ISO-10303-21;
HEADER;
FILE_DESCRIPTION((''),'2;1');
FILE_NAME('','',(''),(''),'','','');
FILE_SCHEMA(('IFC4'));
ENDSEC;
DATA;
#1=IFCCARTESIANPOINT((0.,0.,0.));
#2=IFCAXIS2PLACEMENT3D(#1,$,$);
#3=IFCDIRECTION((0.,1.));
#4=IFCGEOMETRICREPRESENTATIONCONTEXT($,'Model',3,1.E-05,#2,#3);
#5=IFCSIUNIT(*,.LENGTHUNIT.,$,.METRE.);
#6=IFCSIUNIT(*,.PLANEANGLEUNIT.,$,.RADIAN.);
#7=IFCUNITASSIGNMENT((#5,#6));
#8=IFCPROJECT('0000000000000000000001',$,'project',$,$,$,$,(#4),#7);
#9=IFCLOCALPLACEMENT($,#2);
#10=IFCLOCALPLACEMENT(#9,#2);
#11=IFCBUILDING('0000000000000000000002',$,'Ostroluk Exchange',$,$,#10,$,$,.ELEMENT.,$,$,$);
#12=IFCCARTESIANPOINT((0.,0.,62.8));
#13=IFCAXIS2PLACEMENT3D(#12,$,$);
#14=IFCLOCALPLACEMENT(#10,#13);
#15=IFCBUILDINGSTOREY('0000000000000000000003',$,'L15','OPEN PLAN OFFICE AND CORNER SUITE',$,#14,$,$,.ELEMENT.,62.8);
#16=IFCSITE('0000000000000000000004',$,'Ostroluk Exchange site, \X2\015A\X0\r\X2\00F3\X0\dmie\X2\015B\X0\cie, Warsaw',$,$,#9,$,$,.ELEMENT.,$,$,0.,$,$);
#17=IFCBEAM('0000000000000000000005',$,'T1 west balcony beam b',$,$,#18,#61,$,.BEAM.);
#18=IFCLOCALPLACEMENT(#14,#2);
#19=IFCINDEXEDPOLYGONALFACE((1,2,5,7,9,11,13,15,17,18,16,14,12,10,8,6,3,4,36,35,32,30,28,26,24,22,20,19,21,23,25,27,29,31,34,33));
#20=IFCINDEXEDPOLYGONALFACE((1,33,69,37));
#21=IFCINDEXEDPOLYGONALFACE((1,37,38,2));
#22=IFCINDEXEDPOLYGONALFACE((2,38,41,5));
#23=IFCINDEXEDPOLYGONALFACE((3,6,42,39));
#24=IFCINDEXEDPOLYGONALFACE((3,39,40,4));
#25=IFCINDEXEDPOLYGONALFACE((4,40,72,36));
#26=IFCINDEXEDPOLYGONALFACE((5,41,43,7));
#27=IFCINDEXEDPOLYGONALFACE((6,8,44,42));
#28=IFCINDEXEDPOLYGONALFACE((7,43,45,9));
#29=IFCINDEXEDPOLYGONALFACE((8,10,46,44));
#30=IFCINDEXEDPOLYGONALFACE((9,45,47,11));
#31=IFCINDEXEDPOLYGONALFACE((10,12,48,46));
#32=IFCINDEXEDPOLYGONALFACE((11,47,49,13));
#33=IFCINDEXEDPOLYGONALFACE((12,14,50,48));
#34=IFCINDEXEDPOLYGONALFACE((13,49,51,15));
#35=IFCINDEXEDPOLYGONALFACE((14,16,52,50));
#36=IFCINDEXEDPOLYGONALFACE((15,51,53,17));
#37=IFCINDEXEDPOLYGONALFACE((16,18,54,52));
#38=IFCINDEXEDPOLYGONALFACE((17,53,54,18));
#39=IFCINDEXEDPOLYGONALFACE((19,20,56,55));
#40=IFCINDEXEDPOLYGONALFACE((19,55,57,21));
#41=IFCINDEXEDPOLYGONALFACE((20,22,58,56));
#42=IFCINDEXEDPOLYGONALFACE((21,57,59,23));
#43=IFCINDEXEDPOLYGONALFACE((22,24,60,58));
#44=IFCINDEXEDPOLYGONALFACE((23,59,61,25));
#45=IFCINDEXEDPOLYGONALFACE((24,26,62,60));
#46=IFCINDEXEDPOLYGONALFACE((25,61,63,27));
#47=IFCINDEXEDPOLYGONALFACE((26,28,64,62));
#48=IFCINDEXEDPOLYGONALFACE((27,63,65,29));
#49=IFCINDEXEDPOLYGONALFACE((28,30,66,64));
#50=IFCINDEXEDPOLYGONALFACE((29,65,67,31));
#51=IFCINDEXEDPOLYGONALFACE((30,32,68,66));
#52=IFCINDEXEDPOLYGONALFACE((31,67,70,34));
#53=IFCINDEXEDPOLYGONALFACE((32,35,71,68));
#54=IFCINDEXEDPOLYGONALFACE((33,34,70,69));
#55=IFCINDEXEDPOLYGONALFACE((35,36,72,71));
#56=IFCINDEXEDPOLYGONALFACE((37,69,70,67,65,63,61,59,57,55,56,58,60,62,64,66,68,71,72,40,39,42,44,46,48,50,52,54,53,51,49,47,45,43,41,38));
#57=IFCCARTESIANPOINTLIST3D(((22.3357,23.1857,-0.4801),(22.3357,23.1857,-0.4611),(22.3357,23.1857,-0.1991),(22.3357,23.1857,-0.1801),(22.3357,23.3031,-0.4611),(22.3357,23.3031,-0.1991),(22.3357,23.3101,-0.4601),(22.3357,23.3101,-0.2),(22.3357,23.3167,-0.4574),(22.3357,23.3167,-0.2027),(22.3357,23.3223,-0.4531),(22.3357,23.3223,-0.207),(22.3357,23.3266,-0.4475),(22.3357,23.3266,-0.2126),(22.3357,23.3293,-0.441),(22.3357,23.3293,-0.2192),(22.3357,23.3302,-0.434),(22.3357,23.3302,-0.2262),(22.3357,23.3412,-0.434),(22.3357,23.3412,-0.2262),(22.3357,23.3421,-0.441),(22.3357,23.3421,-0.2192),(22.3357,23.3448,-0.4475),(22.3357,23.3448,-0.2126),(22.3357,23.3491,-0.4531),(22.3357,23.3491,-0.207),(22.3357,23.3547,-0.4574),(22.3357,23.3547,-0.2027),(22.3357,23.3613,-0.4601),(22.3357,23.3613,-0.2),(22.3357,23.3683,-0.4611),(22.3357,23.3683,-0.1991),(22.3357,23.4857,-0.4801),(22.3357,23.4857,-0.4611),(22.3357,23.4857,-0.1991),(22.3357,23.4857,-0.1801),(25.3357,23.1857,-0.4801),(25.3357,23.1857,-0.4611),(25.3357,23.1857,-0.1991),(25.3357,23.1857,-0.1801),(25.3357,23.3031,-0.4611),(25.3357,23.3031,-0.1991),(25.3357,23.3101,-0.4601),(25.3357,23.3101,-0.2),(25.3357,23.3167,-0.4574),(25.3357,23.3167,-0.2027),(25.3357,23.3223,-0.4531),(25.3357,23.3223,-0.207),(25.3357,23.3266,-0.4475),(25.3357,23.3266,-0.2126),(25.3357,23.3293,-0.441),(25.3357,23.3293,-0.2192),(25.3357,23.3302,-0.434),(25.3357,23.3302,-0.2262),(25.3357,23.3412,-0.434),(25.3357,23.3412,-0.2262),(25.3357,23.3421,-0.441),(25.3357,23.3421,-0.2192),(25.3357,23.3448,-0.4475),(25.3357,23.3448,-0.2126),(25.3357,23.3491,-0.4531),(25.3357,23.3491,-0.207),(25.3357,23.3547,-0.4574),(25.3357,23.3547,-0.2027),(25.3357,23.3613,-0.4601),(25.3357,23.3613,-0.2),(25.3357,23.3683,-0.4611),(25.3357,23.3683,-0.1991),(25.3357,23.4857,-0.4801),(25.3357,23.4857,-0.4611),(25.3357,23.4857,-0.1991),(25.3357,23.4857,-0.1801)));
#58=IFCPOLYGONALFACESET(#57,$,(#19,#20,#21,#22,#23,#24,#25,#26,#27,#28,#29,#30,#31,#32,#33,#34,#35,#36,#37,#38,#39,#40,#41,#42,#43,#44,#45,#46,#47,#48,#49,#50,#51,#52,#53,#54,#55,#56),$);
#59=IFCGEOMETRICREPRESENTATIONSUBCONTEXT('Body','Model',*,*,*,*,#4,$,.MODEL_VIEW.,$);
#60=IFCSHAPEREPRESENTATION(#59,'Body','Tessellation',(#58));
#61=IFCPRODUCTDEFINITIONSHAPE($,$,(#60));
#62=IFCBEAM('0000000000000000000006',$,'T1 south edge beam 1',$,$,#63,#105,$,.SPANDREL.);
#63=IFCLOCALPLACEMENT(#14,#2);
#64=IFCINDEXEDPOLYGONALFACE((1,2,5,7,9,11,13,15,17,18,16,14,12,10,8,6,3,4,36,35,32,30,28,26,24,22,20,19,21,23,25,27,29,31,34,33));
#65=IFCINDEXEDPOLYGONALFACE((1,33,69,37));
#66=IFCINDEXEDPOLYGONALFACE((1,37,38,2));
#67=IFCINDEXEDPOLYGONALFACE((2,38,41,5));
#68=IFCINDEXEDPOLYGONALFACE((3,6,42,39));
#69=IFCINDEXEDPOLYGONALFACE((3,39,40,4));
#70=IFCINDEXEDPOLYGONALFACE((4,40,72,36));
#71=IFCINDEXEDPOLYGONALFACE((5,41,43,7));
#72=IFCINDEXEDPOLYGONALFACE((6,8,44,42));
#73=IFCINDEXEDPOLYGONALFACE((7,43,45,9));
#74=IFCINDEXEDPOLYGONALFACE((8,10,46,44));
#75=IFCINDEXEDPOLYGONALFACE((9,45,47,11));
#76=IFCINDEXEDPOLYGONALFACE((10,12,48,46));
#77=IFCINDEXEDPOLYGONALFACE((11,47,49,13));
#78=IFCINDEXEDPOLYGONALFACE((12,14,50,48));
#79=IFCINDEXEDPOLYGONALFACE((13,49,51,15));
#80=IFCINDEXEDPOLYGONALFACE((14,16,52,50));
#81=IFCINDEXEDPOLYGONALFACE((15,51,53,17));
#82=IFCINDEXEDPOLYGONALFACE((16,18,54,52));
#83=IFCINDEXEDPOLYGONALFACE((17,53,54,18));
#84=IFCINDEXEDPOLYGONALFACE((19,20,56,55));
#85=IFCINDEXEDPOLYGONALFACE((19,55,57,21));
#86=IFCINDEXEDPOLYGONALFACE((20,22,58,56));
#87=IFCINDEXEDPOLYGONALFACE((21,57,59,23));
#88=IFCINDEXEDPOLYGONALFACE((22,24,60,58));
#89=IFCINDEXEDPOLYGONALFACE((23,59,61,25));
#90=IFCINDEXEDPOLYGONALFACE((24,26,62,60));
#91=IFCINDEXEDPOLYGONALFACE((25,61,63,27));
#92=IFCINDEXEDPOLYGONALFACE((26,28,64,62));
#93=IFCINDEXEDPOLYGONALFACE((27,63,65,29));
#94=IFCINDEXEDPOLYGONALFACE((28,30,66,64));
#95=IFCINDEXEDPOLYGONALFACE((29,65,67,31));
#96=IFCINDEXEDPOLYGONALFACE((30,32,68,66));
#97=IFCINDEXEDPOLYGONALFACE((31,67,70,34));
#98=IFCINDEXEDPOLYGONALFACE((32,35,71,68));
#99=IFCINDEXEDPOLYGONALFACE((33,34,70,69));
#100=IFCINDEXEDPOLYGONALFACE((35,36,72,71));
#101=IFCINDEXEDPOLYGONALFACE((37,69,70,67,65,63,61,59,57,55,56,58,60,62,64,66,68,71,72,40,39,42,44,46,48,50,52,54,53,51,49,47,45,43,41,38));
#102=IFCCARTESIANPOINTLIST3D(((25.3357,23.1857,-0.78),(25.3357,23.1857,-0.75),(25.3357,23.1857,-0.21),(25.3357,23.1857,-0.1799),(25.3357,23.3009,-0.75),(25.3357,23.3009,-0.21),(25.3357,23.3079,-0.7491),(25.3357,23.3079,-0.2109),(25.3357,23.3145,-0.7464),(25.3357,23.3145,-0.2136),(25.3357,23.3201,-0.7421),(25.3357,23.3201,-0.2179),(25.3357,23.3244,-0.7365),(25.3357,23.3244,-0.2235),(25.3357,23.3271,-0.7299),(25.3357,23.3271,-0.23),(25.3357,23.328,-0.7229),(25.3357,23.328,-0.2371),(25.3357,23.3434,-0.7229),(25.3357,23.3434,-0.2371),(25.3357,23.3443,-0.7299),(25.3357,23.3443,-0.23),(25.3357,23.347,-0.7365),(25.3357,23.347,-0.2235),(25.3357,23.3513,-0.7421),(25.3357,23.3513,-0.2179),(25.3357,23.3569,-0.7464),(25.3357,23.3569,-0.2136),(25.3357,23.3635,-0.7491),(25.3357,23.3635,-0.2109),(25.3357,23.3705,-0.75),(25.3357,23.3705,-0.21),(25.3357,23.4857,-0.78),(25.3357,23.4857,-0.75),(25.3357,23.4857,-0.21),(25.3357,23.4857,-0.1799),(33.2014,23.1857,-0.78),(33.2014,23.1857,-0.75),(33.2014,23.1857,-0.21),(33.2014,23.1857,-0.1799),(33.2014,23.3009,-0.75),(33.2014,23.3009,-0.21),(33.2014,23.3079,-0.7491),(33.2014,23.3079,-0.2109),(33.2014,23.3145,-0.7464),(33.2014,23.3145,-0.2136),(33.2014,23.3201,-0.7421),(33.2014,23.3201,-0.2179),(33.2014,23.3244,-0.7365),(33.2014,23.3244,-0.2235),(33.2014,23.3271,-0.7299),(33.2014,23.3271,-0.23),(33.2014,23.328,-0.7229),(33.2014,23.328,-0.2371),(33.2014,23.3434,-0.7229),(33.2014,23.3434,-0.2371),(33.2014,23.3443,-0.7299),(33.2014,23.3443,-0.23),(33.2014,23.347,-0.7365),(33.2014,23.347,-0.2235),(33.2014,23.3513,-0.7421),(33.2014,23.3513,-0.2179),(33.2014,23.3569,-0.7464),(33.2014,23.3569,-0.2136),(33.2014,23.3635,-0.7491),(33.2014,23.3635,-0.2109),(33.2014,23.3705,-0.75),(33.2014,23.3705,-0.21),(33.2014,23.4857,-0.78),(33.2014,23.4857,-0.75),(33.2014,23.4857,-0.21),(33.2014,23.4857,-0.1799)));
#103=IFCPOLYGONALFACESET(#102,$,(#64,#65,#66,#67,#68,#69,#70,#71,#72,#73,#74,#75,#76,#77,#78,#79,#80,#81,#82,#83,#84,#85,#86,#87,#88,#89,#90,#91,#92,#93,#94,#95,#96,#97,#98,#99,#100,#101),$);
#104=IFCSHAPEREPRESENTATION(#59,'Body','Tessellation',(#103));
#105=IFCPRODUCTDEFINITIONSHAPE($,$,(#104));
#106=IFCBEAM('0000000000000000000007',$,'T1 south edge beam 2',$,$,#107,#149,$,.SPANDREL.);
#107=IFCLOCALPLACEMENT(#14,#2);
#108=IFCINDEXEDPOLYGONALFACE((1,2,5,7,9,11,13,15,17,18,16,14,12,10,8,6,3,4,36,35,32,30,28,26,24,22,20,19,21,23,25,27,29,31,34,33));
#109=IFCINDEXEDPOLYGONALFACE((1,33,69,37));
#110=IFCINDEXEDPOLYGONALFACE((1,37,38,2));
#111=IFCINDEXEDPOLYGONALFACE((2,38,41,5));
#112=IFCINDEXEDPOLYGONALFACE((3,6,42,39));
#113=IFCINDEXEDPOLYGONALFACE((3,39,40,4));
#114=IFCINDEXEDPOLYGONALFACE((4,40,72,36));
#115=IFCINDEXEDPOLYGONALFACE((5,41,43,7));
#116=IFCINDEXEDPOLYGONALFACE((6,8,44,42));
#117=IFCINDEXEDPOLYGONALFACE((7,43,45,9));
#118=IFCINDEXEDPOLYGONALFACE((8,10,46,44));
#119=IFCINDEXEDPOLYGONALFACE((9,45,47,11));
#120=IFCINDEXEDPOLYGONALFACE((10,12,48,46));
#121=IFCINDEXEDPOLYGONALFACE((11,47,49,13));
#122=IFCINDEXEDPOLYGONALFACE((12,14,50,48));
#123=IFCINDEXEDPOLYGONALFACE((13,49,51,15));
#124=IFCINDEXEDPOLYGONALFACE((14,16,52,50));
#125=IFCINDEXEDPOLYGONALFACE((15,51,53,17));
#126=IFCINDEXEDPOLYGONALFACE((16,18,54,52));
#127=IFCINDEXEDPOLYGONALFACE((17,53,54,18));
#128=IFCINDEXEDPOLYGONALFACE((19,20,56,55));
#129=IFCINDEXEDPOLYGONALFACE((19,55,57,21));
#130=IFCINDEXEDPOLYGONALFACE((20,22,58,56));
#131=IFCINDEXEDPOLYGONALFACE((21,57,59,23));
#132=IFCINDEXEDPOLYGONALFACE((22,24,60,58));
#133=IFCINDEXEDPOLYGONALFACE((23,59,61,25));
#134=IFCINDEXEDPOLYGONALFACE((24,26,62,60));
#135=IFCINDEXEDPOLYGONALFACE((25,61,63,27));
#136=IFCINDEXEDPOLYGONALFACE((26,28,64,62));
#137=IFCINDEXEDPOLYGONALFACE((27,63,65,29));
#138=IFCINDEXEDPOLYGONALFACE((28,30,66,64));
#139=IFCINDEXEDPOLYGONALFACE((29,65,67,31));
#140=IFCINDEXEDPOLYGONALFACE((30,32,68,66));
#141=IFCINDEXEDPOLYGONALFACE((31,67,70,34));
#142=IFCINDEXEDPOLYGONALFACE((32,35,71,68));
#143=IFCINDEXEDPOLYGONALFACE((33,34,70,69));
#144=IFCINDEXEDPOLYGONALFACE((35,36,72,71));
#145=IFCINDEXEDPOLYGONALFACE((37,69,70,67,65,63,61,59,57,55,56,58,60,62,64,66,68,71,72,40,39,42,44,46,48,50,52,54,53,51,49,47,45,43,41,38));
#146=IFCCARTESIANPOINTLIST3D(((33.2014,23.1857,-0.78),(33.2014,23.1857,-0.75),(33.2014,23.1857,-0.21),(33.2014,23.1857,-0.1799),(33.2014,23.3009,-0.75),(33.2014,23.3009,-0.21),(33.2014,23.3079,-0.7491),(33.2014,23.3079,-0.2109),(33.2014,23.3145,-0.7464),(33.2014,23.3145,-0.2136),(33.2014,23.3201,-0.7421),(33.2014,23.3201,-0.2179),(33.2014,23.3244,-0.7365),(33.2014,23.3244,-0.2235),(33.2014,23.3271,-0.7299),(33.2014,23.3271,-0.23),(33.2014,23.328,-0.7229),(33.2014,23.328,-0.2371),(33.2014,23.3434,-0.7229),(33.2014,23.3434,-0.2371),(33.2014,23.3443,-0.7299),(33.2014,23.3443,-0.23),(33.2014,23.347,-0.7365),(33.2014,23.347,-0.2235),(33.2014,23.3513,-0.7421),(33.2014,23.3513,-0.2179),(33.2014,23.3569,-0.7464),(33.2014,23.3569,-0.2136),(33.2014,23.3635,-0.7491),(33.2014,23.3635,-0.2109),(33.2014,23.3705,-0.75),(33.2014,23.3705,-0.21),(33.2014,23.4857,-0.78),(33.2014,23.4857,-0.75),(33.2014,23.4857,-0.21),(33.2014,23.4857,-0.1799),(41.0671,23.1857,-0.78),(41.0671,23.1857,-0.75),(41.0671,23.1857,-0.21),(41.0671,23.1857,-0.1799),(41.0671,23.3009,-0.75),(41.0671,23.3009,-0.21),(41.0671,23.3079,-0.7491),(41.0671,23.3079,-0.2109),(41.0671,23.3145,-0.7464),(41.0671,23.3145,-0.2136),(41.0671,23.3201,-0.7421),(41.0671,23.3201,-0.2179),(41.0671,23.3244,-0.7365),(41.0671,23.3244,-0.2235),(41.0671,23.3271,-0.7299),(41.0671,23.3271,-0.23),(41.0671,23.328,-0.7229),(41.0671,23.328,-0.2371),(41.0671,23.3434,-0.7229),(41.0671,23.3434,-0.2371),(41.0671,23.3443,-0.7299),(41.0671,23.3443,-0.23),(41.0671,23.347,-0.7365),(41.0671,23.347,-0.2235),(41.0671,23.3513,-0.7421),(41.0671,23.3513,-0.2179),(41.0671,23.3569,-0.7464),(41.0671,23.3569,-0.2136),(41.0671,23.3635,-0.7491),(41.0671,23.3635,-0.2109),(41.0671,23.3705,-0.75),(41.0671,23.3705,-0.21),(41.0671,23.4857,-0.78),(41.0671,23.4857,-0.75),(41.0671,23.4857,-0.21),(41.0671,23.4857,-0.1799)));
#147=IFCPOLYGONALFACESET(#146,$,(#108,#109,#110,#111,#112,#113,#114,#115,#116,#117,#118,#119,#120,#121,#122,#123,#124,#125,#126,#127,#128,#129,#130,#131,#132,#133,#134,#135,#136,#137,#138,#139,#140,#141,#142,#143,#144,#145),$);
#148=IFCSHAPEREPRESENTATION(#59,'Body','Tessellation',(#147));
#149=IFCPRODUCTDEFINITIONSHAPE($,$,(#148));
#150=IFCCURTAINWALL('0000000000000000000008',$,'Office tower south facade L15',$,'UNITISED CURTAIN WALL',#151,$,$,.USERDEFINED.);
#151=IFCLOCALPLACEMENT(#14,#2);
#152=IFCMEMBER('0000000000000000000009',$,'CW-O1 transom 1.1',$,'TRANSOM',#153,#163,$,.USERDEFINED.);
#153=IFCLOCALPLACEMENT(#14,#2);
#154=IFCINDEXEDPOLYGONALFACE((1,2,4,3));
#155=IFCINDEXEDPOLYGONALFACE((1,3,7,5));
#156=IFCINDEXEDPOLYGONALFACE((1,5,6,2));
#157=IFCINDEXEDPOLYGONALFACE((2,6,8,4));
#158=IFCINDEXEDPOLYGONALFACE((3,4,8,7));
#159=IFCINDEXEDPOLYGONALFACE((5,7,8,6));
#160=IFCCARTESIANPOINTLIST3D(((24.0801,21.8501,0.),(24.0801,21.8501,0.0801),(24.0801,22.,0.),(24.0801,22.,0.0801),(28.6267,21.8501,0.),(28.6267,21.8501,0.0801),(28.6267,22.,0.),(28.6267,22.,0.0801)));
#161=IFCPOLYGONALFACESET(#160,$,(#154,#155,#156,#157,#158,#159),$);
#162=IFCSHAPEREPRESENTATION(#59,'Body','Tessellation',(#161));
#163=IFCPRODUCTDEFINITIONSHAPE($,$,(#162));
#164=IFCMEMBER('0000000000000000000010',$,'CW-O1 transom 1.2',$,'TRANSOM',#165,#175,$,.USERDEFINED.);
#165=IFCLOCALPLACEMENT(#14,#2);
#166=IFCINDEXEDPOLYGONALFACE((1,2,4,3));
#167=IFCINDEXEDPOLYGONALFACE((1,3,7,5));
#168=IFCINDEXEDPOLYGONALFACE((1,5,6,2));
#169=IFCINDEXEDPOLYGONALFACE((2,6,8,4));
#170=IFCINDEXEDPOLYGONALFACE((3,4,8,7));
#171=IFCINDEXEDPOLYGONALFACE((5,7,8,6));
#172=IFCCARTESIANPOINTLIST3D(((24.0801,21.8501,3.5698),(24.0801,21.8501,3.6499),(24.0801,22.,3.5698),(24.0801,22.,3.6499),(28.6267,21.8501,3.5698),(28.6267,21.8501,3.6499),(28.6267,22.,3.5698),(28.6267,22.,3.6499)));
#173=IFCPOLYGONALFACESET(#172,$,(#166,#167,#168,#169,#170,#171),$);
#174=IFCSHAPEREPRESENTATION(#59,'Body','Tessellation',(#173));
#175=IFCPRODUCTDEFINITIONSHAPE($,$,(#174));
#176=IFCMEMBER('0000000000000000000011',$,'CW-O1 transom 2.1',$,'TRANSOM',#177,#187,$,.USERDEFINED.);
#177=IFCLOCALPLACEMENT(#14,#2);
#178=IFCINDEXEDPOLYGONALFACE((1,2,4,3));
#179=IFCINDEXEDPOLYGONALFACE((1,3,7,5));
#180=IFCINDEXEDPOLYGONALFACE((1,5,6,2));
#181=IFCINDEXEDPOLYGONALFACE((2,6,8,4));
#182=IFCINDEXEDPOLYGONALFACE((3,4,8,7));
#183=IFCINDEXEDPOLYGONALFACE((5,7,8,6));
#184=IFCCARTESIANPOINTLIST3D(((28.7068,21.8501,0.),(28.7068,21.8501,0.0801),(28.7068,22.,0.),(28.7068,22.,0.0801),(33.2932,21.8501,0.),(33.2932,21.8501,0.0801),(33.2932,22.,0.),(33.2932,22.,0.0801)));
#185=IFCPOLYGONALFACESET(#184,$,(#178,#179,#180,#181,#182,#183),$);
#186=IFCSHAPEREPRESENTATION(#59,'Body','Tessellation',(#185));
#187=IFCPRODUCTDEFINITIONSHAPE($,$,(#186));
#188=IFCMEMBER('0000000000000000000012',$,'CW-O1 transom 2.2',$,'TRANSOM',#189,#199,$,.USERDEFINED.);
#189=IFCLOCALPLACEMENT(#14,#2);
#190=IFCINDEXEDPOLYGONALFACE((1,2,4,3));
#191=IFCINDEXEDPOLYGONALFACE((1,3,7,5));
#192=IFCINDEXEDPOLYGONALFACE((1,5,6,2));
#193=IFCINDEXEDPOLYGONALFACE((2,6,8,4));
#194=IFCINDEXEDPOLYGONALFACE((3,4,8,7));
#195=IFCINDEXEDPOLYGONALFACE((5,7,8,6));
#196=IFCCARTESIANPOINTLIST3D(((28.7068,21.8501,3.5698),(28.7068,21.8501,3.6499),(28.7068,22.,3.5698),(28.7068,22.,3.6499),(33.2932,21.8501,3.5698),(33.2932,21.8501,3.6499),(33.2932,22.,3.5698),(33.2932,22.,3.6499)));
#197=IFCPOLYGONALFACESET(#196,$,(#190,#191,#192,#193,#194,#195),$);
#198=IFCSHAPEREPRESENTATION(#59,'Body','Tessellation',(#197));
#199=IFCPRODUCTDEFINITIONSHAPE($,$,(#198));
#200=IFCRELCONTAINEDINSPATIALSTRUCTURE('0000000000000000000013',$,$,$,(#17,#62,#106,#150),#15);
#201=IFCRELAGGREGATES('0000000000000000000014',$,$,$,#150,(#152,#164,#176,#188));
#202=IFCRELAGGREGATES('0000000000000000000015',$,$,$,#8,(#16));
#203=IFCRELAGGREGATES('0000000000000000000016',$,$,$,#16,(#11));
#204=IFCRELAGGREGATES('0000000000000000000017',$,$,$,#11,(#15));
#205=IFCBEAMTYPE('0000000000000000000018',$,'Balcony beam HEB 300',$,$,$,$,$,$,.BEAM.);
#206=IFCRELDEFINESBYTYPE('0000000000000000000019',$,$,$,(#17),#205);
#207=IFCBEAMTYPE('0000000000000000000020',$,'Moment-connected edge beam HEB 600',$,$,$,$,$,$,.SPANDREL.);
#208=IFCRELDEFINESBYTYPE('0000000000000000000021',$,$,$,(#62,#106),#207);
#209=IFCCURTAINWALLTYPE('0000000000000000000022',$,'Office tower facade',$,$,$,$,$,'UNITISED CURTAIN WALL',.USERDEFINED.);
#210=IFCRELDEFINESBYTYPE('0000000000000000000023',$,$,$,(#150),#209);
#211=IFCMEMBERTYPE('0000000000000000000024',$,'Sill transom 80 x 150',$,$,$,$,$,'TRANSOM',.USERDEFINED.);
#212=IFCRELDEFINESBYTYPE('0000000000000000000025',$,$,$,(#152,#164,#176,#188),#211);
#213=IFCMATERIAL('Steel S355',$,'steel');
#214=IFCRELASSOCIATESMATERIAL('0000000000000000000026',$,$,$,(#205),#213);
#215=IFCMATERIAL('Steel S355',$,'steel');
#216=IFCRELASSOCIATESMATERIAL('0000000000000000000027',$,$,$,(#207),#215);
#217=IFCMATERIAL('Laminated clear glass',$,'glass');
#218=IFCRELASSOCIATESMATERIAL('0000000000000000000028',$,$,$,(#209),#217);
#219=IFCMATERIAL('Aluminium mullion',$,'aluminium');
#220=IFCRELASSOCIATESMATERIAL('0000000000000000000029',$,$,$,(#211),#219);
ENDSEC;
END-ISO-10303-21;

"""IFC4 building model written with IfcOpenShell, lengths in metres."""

from ifc_helpers import new_model, si_unit, direction, frame, origin, origin_2d, place, context, subcontext, project, spatial, rectangle, i_section, extrude, material, material_profile, profile_set, type_object, element, aggregate, save


model = new_model("IFC4")

# Units and contexts
model_context = context("Model", 3, precision=1e-05, world=origin(), true_north=direction((0.0, 1.0)))
body_context = subcontext(model_context, "Body", "Model", "MODEL_VIEW")
ifc_project = project(units=[si_unit("LENGTHUNIT", "METRE"), si_unit("PLANEANGLEUNIT", "RADIAN")], contexts=[model_context])

# Site, building, storey
site_placement = place(None, origin())
site = spatial("IfcSite", under=ifc_project, at=site_placement, Name="Ostroluk Exchange site, Śródmieście, Warsaw", CompositionType="ELEMENT", RefElevation=0.0)
building_placement = place(site_placement, origin())
building = spatial("IfcBuilding", under=site, at=building_placement, Name="Ostroluk Exchange", CompositionType="ELEMENT")
storey_placement = place(building_placement, frame((0.0, 0.0, 62.8)))
storey = spatial("IfcBuildingStorey", under=building, at=storey_placement, Name="L15", Description="OPEN PLAN OFFICE AND CORNER SUITE", CompositionType="ELEMENT", Elevation=62.8)

# Beams
ifc_material_1 = material(Name="Steel S355", Category="steel")
ifc_material_profile_1 = material_profile(ifc_material_1, i_section(OverallWidth=0.3, OverallDepth=0.3, WebThickness=0.011, FlangeThickness=0.019, FilletRadius=0.0271, at=origin_2d()), Name="HEB 300")
ifc_profile_set_1 = profile_set([ifc_material_profile_1], Name="Steel S355")
beam_type_1 = type_object("IfcBeamType", Name="Balcony beam HEB 300", PredefinedType="BEAM", material=ifc_profile_set_1)
beam_placement = place(storey_placement, frame((25.3357, 23.3357, -0.3301), z_axis=(-1.0, 0.0, 0.0), x_axis=(0.0, -1.0, 0.0)))
element("IfcBeam", 1, at=beam_placement, inside=storey, type_object=beam_type_1, Name="T1 west balcony beam b", PredefinedType="BEAM", context=body_context, shape_type="SweptSolid", body=[
    extrude(i_section(OverallWidth=0.3, OverallDepth=0.3, WebThickness=0.011, FlangeThickness=0.019, FilletRadius=0.0271, at=origin_2d()), origin(), (0.0, 0.0, 1.0), 3.0),
])
ifc_material_2 = material(Name="Steel S355", Category="steel")
ifc_material_profile_2 = material_profile(ifc_material_2, i_section(OverallWidth=0.3, OverallDepth=0.6001, WebThickness=0.0154, FlangeThickness=0.03, FilletRadius=0.0271, at=origin_2d()), Name="HEB 600")
ifc_profile_set_2 = profile_set([ifc_material_profile_2], Name="Steel S355")
beam_type_2 = type_object("IfcBeamType", Name="Moment-connected edge beam HEB 600", PredefinedType="SPANDREL", material=ifc_profile_set_2)
for number, where, z_axis, x_axis, name in (
    (2, (25.3357, 23.3357, -0.48), (1.0, 0.0, 0.0), (0.0, 1.0, 0.0), "T1 south edge beam 1"),
    (3, (33.2014, 23.3357, -0.48), (1.0, 0.0, 0.0), (0.0, 1.0, 0.0), "T1 south edge beam 2"),
):
    element("IfcBeam", number, at=place(storey_placement, frame(where, z_axis=z_axis, x_axis=x_axis)), inside=storey, type_object=beam_type_2, Name=name, PredefinedType="SPANDREL", context=body_context, shape_type="SweptSolid", body=[
        extrude(i_section(OverallWidth=0.3, OverallDepth=0.6001, WebThickness=0.0154, FlangeThickness=0.03, FilletRadius=0.0271, at=origin_2d()), origin(), (0.0, 0.0, 1.0), 7.8657),
    ])

# Curtain wall, members
ifc_material_3 = material(Name="Laminated clear glass", Category="glass")
curtain_wall_type = type_object("IfcCurtainWallType", Name="Office tower facade", ElementType="UNITISED CURTAIN WALL", PredefinedType="USERDEFINED", material=ifc_material_3)
curtain_wall_placement = place(storey_placement, origin())
curtain_wall = element("IfcCurtainWall", 4, at=curtain_wall_placement, inside=storey, type_object=curtain_wall_type, Name="Office tower south facade L15", ObjectType="UNITISED CURTAIN WALL", PredefinedType="USERDEFINED")
ifc_material_4 = material(Name="Aluminium mullion", Category="aluminium")
ifc_material_profile_3 = material_profile(ifc_material_4, rectangle(XDim=0.1499, YDim=0.0801, at=origin_2d()), Name="Sill transom 80 x 150")
ifc_profile_set_3 = profile_set([ifc_material_profile_3], Name="Aluminium mullion")
member_type_1 = type_object("IfcMemberType", Name="Sill transom 80 x 150", ElementType="TRANSOM", PredefinedType="USERDEFINED", material=ifc_profile_set_3)
member_1_placement = place(storey_placement, frame((24.0801, 21.925, 0.04), z_axis=(1.0, 0.0, 0.0), x_axis=(0.0, 1.0, 0.0)))
member_1 = element("IfcMember", 5, at=member_1_placement, type_object=member_type_1, Name="CW-O1 transom 1.1", ObjectType="TRANSOM", PredefinedType="USERDEFINED", context=body_context, shape_type="SweptSolid", body=[
    extrude(rectangle(XDim=0.1499, YDim=0.0801, at=origin_2d()), origin(), (0.0, 0.0, 1.0), 4.5466),
])
member_2_placement = place(storey_placement, frame((24.0801, 21.925, 3.6099), z_axis=(1.0, 0.0, 0.0), x_axis=(0.0, 1.0, 0.0)))
member_2 = element("IfcMember", 6, at=member_2_placement, type_object=member_type_1, Name="CW-O1 transom 1.2", ObjectType="TRANSOM", PredefinedType="USERDEFINED", context=body_context, shape_type="SweptSolid", body=[
    extrude(rectangle(XDim=0.1499, YDim=0.0801, at=origin_2d()), origin(), (0.0, 0.0, 1.0), 4.5466),
])
member_3_placement = place(storey_placement, frame((28.7068, 21.925, 0.04), z_axis=(1.0, 0.0, 0.0), x_axis=(0.0, 1.0, 0.0)))
member_3 = element("IfcMember", 7, at=member_3_placement, type_object=member_type_1, Name="CW-O1 transom 2.1", ObjectType="TRANSOM", PredefinedType="USERDEFINED", context=body_context, shape_type="SweptSolid", body=[
    extrude(rectangle(XDim=0.1499, YDim=0.0801, at=origin_2d()), origin(), (0.0, 0.0, 1.0), 4.5864),
])
member_4_placement = place(storey_placement, frame((28.7068, 21.925, 3.6099), z_axis=(1.0, 0.0, 0.0), x_axis=(0.0, 1.0, 0.0)))
member_4 = element("IfcMember", 8, at=member_4_placement, type_object=member_type_1, Name="CW-O1 transom 2.2", ObjectType="TRANSOM", PredefinedType="USERDEFINED", context=body_context, shape_type="SweptSolid", body=[
    extrude(rectangle(XDim=0.1499, YDim=0.0801, at=origin_2d()), origin(), (0.0, 0.0, 1.0), 4.5864),
])
aggregate(curtain_wall, [member_1, member_2, member_3, member_4])

save(model, "model.ifc")
